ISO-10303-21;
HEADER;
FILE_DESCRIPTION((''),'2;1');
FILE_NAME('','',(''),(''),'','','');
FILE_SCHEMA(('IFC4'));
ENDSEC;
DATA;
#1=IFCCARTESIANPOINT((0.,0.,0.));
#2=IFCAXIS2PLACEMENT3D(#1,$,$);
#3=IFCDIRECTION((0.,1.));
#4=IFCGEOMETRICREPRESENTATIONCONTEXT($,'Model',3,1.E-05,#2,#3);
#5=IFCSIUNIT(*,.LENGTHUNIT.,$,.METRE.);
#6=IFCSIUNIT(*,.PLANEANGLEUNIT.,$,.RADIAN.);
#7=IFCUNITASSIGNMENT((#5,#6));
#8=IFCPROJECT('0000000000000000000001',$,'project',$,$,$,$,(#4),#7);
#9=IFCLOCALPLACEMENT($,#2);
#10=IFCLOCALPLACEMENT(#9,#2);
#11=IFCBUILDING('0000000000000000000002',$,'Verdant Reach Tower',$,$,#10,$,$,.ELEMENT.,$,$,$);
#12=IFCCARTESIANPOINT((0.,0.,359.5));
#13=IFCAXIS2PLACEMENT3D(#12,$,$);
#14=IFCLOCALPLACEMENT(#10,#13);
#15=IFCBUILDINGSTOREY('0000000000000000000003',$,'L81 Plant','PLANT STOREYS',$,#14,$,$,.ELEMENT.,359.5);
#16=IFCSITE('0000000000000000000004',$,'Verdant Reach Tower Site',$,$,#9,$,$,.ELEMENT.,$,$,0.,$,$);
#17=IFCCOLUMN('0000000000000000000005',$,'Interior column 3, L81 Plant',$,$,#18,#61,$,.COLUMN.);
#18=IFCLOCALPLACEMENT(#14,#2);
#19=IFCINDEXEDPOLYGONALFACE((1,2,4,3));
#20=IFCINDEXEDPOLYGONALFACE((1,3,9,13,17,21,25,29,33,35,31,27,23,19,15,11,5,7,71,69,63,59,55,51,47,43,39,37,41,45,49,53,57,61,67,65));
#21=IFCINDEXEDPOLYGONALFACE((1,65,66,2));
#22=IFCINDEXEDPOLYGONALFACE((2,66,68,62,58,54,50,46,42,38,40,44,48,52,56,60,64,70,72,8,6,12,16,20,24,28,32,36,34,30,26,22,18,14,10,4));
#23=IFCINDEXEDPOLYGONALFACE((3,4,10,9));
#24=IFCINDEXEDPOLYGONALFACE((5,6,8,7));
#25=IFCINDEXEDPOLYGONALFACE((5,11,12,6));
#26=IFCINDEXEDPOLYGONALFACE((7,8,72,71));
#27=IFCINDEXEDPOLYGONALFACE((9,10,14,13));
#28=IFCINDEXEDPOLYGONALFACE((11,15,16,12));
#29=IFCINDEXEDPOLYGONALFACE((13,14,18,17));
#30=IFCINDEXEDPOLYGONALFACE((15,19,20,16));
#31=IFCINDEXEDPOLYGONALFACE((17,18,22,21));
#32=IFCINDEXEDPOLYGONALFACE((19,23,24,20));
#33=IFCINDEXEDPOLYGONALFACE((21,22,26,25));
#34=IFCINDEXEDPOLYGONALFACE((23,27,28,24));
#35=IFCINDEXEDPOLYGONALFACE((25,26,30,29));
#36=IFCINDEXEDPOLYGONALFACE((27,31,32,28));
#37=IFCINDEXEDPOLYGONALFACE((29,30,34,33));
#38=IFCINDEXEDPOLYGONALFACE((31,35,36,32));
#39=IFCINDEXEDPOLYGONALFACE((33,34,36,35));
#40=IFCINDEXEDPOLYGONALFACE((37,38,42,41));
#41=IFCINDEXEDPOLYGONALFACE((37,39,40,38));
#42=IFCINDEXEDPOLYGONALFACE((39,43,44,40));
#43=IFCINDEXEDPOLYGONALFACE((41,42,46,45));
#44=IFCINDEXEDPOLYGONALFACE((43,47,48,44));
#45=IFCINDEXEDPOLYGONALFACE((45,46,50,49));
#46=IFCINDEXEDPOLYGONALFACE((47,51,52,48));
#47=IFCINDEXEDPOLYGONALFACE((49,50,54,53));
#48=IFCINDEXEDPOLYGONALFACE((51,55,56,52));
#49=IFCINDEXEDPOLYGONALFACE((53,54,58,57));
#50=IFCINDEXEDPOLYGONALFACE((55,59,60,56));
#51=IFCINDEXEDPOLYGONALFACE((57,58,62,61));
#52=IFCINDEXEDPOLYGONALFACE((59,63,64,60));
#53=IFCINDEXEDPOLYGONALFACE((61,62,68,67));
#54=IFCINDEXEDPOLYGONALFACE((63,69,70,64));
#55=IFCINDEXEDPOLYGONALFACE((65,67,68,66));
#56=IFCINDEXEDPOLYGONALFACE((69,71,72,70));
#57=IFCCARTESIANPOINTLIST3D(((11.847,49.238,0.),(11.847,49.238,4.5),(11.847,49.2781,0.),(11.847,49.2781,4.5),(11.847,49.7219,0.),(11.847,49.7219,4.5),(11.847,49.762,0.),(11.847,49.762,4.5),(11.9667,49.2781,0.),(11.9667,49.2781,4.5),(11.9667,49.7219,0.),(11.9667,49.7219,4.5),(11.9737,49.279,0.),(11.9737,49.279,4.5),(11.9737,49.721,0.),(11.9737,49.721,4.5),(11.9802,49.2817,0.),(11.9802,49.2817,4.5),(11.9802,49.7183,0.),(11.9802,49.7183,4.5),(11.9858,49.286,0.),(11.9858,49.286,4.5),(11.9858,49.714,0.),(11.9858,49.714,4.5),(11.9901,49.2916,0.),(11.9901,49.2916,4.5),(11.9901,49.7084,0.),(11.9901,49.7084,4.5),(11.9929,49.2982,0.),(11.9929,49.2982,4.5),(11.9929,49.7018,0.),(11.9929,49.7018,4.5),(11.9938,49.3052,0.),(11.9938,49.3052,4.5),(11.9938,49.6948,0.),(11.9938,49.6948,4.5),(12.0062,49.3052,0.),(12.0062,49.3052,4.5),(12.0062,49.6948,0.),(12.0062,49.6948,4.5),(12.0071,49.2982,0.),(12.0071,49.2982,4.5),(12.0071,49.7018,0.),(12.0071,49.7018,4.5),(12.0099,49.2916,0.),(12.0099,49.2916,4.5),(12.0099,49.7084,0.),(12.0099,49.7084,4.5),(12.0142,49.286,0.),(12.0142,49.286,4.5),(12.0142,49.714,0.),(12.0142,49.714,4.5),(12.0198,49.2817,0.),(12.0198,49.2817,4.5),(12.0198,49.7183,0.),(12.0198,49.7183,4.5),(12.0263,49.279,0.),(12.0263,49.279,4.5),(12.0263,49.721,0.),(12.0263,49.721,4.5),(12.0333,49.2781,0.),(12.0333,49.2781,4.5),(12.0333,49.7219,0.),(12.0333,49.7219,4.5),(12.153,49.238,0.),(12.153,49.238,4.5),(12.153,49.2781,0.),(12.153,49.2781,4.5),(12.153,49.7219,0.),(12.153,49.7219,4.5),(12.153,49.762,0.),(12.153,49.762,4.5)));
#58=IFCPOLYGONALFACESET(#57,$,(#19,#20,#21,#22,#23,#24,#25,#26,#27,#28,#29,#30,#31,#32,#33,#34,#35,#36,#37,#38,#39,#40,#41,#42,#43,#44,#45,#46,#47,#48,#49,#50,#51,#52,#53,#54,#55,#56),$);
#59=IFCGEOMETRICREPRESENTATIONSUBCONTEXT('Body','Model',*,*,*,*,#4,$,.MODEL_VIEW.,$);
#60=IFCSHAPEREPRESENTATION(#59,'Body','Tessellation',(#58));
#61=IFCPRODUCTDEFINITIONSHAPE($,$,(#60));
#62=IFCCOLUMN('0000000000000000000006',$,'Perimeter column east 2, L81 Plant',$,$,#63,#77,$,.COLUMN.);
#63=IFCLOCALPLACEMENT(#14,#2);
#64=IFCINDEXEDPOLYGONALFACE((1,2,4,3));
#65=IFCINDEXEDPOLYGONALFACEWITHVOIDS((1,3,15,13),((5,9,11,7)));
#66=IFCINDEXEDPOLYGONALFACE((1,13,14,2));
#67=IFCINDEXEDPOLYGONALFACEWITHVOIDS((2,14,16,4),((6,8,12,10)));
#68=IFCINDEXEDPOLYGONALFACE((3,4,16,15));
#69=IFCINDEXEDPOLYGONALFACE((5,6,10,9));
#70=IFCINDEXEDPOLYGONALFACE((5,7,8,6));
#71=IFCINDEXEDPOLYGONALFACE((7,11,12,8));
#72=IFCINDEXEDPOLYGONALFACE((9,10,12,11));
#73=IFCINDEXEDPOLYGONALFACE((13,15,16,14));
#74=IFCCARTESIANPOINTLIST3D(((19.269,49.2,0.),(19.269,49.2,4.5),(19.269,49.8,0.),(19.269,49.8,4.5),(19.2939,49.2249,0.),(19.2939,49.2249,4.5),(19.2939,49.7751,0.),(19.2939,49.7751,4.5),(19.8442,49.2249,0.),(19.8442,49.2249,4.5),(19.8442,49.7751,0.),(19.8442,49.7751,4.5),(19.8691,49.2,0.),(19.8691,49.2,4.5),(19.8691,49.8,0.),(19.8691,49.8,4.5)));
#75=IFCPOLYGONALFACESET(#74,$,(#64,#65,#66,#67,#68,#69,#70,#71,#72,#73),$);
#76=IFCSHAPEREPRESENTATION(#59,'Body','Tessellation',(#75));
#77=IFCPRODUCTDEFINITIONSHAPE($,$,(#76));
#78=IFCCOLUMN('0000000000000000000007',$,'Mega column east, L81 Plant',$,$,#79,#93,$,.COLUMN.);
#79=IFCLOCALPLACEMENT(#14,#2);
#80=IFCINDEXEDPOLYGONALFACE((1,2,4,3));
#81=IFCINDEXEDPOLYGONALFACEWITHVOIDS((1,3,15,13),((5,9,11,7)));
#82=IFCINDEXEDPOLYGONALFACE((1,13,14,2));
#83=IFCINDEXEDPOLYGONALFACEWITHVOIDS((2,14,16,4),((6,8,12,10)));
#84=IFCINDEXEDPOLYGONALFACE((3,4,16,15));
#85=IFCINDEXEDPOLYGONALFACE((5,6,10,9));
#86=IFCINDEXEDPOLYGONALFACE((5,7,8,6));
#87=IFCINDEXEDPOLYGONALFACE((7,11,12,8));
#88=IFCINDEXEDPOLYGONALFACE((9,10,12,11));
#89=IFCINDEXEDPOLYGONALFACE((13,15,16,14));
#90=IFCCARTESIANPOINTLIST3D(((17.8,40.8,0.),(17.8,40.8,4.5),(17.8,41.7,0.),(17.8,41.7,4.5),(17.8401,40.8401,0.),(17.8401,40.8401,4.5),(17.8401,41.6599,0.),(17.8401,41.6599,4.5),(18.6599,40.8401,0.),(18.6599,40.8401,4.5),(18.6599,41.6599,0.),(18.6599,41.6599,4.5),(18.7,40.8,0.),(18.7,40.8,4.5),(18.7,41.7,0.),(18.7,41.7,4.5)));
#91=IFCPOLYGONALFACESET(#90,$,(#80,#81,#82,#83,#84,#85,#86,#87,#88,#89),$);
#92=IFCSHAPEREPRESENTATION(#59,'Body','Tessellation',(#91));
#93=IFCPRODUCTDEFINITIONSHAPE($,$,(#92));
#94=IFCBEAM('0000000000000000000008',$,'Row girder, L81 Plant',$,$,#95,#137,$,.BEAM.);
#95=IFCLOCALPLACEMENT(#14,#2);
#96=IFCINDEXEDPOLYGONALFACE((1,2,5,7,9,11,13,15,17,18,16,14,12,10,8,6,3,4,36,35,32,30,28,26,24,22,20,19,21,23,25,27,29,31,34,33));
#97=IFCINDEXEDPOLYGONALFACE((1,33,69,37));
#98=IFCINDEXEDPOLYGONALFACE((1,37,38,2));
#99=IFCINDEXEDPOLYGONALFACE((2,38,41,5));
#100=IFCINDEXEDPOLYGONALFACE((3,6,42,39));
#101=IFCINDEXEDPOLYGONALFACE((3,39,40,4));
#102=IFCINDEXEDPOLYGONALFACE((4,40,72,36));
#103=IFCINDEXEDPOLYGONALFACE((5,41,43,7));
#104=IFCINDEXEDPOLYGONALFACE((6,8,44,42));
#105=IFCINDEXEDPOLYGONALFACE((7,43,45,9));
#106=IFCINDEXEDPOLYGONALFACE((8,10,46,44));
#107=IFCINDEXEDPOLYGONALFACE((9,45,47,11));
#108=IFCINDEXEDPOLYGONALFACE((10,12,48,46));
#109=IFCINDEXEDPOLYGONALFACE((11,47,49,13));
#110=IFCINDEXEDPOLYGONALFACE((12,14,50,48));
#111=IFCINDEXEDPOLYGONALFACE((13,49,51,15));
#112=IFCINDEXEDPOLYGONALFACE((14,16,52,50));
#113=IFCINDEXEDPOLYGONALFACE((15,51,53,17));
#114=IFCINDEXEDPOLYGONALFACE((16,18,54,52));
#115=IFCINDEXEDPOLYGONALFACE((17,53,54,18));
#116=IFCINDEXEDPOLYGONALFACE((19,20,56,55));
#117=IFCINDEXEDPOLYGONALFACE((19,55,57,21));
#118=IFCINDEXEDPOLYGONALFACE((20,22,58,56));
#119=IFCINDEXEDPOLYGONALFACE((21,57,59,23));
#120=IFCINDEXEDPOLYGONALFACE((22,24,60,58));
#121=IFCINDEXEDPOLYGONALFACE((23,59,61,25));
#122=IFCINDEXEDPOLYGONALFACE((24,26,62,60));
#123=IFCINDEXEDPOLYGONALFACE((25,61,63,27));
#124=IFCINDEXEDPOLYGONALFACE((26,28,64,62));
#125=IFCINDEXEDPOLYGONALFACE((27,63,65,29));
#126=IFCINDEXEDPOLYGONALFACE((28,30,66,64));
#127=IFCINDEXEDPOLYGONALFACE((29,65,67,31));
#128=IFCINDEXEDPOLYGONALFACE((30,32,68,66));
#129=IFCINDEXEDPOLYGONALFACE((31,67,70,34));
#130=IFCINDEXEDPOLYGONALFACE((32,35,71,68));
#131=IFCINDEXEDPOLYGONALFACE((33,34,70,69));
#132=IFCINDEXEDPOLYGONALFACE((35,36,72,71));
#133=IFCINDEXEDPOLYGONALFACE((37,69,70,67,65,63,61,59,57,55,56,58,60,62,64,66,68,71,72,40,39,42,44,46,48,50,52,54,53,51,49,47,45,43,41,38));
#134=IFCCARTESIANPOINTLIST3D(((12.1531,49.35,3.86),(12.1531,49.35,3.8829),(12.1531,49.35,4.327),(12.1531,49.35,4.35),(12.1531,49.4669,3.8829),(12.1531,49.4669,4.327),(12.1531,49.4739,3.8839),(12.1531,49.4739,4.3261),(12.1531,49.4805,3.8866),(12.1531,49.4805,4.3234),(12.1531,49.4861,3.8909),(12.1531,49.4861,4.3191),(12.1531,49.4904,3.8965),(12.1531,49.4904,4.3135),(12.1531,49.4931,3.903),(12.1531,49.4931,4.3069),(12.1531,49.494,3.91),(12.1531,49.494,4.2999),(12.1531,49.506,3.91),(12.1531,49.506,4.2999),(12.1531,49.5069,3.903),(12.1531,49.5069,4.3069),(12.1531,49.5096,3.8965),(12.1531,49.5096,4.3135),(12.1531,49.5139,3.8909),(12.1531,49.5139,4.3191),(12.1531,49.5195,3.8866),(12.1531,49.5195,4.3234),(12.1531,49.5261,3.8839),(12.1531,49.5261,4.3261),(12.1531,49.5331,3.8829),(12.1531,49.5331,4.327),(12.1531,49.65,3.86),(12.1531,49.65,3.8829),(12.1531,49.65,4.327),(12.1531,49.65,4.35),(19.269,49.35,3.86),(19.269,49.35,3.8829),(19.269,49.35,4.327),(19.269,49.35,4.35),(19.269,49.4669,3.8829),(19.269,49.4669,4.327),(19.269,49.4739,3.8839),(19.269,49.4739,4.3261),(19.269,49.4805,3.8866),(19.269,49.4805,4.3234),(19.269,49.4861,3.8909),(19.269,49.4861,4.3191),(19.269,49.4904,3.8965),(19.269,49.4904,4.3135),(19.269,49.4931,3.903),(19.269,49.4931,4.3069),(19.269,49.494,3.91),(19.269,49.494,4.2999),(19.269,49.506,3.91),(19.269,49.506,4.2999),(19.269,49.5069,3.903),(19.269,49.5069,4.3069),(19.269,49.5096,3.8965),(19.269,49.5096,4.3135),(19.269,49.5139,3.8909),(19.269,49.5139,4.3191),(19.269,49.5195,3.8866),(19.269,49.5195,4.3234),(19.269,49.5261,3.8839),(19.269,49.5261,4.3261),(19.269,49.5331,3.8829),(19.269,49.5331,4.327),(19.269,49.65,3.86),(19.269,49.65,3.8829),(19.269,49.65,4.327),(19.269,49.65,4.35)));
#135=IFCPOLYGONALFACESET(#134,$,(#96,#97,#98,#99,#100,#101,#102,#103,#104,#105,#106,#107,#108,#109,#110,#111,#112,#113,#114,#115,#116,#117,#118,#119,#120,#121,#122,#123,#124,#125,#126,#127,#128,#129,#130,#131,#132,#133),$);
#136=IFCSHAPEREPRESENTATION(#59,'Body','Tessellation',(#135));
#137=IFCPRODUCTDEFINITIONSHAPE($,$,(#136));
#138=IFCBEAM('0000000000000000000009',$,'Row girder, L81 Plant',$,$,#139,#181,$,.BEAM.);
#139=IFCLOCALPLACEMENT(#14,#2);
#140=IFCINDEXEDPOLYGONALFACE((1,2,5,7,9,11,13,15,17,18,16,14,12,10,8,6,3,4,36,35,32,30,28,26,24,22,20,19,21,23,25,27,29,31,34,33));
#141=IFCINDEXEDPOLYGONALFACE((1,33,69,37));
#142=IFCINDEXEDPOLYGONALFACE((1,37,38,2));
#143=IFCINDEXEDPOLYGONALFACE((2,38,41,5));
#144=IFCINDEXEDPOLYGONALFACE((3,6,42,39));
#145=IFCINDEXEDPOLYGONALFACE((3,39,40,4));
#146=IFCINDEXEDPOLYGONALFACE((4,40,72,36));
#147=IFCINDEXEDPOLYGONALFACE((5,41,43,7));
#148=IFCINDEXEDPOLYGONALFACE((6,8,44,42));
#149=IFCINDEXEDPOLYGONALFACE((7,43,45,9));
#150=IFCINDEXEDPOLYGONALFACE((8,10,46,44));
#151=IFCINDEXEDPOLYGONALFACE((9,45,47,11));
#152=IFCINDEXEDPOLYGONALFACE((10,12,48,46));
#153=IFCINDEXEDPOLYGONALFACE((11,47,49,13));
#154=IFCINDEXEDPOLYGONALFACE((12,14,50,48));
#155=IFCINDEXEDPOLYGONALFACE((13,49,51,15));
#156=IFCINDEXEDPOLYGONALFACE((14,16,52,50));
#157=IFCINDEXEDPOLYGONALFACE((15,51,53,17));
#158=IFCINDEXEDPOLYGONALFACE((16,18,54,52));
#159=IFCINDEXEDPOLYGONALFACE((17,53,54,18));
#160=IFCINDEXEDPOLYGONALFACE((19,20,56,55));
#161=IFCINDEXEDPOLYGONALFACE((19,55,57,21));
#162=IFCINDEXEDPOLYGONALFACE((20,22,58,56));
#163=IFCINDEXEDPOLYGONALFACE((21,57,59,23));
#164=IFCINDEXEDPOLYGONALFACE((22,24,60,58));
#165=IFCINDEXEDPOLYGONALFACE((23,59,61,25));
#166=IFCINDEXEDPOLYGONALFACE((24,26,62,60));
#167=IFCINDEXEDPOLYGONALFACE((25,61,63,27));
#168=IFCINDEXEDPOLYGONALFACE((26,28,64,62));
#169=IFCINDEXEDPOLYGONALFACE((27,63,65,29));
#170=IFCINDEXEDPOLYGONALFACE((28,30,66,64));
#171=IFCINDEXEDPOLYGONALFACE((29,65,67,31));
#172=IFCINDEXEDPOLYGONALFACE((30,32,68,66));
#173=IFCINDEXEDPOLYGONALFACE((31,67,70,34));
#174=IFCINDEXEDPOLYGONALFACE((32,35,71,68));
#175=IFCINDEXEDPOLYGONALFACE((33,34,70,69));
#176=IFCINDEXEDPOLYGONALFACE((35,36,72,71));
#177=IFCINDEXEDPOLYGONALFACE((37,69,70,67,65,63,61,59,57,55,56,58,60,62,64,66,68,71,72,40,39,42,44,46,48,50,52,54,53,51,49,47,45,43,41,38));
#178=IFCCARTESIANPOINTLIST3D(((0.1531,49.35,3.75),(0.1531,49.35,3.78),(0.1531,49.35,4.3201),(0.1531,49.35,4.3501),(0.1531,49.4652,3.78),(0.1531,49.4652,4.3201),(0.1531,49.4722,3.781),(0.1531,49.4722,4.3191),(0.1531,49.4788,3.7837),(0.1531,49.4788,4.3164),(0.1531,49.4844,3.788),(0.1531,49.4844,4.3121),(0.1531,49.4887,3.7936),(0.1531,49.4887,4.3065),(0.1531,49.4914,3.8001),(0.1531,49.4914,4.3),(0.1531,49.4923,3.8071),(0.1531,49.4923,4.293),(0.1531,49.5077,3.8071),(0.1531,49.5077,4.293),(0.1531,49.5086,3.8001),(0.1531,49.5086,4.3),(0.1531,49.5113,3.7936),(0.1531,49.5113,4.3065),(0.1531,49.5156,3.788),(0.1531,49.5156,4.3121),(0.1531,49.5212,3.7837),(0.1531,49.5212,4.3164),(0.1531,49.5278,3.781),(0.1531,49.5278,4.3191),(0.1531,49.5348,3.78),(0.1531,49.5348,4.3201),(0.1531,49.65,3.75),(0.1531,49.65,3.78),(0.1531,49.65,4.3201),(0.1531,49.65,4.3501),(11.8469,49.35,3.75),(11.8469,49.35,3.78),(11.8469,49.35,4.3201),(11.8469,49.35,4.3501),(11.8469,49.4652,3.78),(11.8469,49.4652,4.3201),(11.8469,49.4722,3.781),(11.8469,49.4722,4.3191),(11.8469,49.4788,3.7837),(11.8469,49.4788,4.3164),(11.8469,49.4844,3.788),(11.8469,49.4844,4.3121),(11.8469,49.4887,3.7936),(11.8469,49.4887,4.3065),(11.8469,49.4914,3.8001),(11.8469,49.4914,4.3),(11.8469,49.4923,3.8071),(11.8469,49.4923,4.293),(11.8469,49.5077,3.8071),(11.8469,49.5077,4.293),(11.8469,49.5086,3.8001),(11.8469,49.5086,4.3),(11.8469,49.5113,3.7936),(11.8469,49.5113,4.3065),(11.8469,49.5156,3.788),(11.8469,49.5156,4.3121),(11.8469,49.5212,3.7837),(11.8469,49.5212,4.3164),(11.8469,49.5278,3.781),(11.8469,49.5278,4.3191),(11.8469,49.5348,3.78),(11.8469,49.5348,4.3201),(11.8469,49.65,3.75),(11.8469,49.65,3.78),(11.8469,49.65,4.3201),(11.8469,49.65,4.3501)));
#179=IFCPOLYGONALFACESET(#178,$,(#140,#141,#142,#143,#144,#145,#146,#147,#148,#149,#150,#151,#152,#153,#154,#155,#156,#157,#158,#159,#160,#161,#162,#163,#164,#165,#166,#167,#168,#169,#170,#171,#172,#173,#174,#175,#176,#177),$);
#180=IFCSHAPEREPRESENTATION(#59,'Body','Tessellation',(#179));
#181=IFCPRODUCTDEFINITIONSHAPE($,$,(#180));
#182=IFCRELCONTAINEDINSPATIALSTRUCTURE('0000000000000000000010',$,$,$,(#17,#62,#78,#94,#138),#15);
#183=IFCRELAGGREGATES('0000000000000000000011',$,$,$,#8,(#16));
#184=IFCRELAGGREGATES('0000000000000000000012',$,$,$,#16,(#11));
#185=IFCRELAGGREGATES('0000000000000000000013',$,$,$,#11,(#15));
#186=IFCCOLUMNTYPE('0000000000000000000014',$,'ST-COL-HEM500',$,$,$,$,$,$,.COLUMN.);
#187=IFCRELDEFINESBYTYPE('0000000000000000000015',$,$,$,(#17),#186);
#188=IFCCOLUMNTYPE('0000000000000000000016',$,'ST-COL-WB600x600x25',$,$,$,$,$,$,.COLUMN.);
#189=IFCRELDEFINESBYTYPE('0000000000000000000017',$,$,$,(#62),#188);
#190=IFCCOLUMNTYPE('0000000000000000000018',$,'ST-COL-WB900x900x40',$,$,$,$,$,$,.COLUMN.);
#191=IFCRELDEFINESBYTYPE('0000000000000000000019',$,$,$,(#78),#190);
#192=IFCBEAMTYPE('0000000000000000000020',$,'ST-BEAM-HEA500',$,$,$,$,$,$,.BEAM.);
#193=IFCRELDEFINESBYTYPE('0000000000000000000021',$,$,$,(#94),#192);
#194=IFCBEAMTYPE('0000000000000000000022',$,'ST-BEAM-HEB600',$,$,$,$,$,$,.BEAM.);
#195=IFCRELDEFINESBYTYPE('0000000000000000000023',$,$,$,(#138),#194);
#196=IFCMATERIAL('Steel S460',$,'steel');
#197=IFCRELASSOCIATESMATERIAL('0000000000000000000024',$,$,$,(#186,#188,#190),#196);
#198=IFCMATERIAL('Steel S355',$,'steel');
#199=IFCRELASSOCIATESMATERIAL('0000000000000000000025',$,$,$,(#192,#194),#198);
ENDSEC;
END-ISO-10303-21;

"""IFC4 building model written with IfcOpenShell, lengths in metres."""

from ifc_helpers import new_model, si_unit, direction, frame, origin, origin_2d, place, context, subcontext, project, spatial, hollow_rectangle, i_section, extrude, material, material_profile, profile_set, type_object, element, save


model = new_model("IFC4")

# Units and contexts
model_context = context("Model", 3, precision=1e-05, world=origin(), true_north=direction((0.0, 1.0)))
body_context = subcontext(model_context, "Body", "Model", "MODEL_VIEW")
ifc_project = project(units=[si_unit("LENGTHUNIT", "METRE"), si_unit("PLANEANGLEUNIT", "RADIAN")], contexts=[model_context])

# Site, building, storey
site_placement = place(None, origin())
site = spatial("IfcSite", under=ifc_project, at=site_placement, Name="Verdant Reach Tower Site", CompositionType="ELEMENT", RefElevation=0.0)
building_placement = place(site_placement, origin())
building = spatial("IfcBuilding", under=site, at=building_placement, Name="Verdant Reach Tower", CompositionType="ELEMENT")
storey_placement = place(building_placement, frame((0.0, 0.0, 359.5)))
storey = spatial("IfcBuildingStorey", under=building, at=storey_placement, Name="L81 Plant", Description="PLANT STOREYS", CompositionType="ELEMENT", Elevation=359.5)

# Columns
ifc_material_1 = material(Name="Steel S460", Category="steel")
ifc_material_profile_1 = material_profile(ifc_material_1, i_section(OverallWidth=0.3059, OverallDepth=0.5239, WebThickness=0.0125, FlangeThickness=0.04, FilletRadius=0.0271, at=origin_2d()), Name="HEM 500")
ifc_profile_set_1 = profile_set([ifc_material_profile_1], Name="Steel S460")
column_type_1 = type_object("IfcColumnType", Name="ST-COL-HEM500", PredefinedType="COLUMN", material=ifc_profile_set_1)
column_1_placement = place(storey_placement, frame((12.0, 49.5, 0.0), z_axis=(0.0, 0.0, 1.0), x_axis=(1.0, 0.0, 0.0)))
element("IfcColumn", 1, at=column_1_placement, inside=storey, type_object=column_type_1, Name="Interior column 3, L81 Plant", PredefinedType="COLUMN", context=body_context, shape_type="SweptSolid", body=[
    extrude(i_section(OverallWidth=0.3059, OverallDepth=0.5239, WebThickness=0.0125, FlangeThickness=0.04, FilletRadius=0.0271, at=origin_2d()), origin(), (0.0, 0.0, 1.0), 4.5),
])
ifc_material_profile_2 = material_profile(ifc_material_1, hollow_rectangle(XDim=0.6001, YDim=0.6001, WallThickness=0.0249, at=origin_2d()), Name="WB 600x600x25")
ifc_profile_set_2 = profile_set([ifc_material_profile_2], Name="Steel S460")
column_type_2 = type_object("IfcColumnType", Name="ST-COL-WB600x600x25", PredefinedType="COLUMN", material=ifc_profile_set_2)
column_2_placement = place(storey_placement, frame((19.5691, 49.5, 0.0), z_axis=(0.0, 0.0, 1.0), x_axis=(1.0, 0.0, 0.0)))
element("IfcColumn", 2, at=column_2_placement, inside=storey, type_object=column_type_2, Name="Perimeter column east 2, L81 Plant", PredefinedType="COLUMN", context=body_context, shape_type="SweptSolid", body=[
    extrude(hollow_rectangle(XDim=0.6001, YDim=0.6001, WallThickness=0.0249, at=origin_2d()), origin(), (0.0, 0.0, 1.0), 4.5),
])
ifc_material_profile_3 = material_profile(ifc_material_1, hollow_rectangle(XDim=0.8999, YDim=0.8999, WallThickness=0.04, at=origin_2d()), Name="WB 900x900x40")
ifc_profile_set_3 = profile_set([ifc_material_profile_3], Name="Steel S460")
column_type_3 = type_object("IfcColumnType", Name="ST-COL-WB900x900x40", PredefinedType="COLUMN", material=ifc_profile_set_3)
column_3_placement = place(storey_placement, frame((18.25, 41.25, 0.0), z_axis=(0.0, 0.0, 1.0), x_axis=(1.0, 0.0, 0.0)))
element("IfcColumn", 3, at=column_3_placement, inside=storey, type_object=column_type_3, Name="Mega column east, L81 Plant", PredefinedType="COLUMN", context=body_context, shape_type="SweptSolid", body=[
    extrude(hollow_rectangle(XDim=0.8999, YDim=0.8999, WallThickness=0.04, at=origin_2d()), origin(), (0.0, 0.0, 1.0), 4.5),
])

# Beams
ifc_material_2 = material(Name="Steel S355", Category="steel")
ifc_material_profile_4 = material_profile(ifc_material_2, i_section(OverallWidth=0.3, OverallDepth=0.49, WebThickness=0.012, FlangeThickness=0.0229, FilletRadius=0.0271, at=origin_2d()), Name="HEA 500")
ifc_profile_set_4 = profile_set([ifc_material_profile_4], Name="Steel S355")
beam_type_1 = type_object("IfcBeamType", Name="ST-BEAM-HEA500", PredefinedType="BEAM", material=ifc_profile_set_4)
beam_1_placement = place(storey_placement, frame((12.1531, 49.5, 4.105), z_axis=(1.0, 0.0, 0.0), x_axis=(0.0, 1.0, 0.0)))
element("IfcBeam", 4, at=beam_1_placement, inside=storey, type_object=beam_type_1, Name="Row girder, L81 Plant", PredefinedType="BEAM", context=body_context, shape_type="SweptSolid", body=[
    extrude(i_section(OverallWidth=0.3, OverallDepth=0.49, WebThickness=0.012, FlangeThickness=0.0229, FilletRadius=0.0271, at=origin_2d()), origin(), (0.0, 0.0, 1.0), 7.116),
])
ifc_material_profile_5 = material_profile(ifc_material_2, i_section(OverallWidth=0.3, OverallDepth=0.6001, WebThickness=0.0154, FlangeThickness=0.03, FilletRadius=0.0271, at=origin_2d()), Name="HEB 600")
ifc_profile_set_5 = profile_set([ifc_material_profile_5], Name="Steel S355")
beam_type_2 = type_object("IfcBeamType", Name="ST-BEAM-HEB600", PredefinedType="BEAM", material=ifc_profile_set_5)
beam_2_placement = place(storey_placement, frame((0.1531, 49.5, 4.05), z_axis=(1.0, 0.0, 0.0), x_axis=(0.0, 1.0, 0.0)))
element("IfcBeam", 5, at=beam_2_placement, inside=storey, type_object=beam_type_2, Name="Row girder, L81 Plant", PredefinedType="BEAM", context=body_context, shape_type="SweptSolid", body=[
    extrude(i_section(OverallWidth=0.3, OverallDepth=0.6001, WebThickness=0.0154, FlangeThickness=0.03, FilletRadius=0.0271, at=origin_2d()), origin(), (0.0, 0.0, 1.0), 11.6938),
])

save(model, "model.ifc")
